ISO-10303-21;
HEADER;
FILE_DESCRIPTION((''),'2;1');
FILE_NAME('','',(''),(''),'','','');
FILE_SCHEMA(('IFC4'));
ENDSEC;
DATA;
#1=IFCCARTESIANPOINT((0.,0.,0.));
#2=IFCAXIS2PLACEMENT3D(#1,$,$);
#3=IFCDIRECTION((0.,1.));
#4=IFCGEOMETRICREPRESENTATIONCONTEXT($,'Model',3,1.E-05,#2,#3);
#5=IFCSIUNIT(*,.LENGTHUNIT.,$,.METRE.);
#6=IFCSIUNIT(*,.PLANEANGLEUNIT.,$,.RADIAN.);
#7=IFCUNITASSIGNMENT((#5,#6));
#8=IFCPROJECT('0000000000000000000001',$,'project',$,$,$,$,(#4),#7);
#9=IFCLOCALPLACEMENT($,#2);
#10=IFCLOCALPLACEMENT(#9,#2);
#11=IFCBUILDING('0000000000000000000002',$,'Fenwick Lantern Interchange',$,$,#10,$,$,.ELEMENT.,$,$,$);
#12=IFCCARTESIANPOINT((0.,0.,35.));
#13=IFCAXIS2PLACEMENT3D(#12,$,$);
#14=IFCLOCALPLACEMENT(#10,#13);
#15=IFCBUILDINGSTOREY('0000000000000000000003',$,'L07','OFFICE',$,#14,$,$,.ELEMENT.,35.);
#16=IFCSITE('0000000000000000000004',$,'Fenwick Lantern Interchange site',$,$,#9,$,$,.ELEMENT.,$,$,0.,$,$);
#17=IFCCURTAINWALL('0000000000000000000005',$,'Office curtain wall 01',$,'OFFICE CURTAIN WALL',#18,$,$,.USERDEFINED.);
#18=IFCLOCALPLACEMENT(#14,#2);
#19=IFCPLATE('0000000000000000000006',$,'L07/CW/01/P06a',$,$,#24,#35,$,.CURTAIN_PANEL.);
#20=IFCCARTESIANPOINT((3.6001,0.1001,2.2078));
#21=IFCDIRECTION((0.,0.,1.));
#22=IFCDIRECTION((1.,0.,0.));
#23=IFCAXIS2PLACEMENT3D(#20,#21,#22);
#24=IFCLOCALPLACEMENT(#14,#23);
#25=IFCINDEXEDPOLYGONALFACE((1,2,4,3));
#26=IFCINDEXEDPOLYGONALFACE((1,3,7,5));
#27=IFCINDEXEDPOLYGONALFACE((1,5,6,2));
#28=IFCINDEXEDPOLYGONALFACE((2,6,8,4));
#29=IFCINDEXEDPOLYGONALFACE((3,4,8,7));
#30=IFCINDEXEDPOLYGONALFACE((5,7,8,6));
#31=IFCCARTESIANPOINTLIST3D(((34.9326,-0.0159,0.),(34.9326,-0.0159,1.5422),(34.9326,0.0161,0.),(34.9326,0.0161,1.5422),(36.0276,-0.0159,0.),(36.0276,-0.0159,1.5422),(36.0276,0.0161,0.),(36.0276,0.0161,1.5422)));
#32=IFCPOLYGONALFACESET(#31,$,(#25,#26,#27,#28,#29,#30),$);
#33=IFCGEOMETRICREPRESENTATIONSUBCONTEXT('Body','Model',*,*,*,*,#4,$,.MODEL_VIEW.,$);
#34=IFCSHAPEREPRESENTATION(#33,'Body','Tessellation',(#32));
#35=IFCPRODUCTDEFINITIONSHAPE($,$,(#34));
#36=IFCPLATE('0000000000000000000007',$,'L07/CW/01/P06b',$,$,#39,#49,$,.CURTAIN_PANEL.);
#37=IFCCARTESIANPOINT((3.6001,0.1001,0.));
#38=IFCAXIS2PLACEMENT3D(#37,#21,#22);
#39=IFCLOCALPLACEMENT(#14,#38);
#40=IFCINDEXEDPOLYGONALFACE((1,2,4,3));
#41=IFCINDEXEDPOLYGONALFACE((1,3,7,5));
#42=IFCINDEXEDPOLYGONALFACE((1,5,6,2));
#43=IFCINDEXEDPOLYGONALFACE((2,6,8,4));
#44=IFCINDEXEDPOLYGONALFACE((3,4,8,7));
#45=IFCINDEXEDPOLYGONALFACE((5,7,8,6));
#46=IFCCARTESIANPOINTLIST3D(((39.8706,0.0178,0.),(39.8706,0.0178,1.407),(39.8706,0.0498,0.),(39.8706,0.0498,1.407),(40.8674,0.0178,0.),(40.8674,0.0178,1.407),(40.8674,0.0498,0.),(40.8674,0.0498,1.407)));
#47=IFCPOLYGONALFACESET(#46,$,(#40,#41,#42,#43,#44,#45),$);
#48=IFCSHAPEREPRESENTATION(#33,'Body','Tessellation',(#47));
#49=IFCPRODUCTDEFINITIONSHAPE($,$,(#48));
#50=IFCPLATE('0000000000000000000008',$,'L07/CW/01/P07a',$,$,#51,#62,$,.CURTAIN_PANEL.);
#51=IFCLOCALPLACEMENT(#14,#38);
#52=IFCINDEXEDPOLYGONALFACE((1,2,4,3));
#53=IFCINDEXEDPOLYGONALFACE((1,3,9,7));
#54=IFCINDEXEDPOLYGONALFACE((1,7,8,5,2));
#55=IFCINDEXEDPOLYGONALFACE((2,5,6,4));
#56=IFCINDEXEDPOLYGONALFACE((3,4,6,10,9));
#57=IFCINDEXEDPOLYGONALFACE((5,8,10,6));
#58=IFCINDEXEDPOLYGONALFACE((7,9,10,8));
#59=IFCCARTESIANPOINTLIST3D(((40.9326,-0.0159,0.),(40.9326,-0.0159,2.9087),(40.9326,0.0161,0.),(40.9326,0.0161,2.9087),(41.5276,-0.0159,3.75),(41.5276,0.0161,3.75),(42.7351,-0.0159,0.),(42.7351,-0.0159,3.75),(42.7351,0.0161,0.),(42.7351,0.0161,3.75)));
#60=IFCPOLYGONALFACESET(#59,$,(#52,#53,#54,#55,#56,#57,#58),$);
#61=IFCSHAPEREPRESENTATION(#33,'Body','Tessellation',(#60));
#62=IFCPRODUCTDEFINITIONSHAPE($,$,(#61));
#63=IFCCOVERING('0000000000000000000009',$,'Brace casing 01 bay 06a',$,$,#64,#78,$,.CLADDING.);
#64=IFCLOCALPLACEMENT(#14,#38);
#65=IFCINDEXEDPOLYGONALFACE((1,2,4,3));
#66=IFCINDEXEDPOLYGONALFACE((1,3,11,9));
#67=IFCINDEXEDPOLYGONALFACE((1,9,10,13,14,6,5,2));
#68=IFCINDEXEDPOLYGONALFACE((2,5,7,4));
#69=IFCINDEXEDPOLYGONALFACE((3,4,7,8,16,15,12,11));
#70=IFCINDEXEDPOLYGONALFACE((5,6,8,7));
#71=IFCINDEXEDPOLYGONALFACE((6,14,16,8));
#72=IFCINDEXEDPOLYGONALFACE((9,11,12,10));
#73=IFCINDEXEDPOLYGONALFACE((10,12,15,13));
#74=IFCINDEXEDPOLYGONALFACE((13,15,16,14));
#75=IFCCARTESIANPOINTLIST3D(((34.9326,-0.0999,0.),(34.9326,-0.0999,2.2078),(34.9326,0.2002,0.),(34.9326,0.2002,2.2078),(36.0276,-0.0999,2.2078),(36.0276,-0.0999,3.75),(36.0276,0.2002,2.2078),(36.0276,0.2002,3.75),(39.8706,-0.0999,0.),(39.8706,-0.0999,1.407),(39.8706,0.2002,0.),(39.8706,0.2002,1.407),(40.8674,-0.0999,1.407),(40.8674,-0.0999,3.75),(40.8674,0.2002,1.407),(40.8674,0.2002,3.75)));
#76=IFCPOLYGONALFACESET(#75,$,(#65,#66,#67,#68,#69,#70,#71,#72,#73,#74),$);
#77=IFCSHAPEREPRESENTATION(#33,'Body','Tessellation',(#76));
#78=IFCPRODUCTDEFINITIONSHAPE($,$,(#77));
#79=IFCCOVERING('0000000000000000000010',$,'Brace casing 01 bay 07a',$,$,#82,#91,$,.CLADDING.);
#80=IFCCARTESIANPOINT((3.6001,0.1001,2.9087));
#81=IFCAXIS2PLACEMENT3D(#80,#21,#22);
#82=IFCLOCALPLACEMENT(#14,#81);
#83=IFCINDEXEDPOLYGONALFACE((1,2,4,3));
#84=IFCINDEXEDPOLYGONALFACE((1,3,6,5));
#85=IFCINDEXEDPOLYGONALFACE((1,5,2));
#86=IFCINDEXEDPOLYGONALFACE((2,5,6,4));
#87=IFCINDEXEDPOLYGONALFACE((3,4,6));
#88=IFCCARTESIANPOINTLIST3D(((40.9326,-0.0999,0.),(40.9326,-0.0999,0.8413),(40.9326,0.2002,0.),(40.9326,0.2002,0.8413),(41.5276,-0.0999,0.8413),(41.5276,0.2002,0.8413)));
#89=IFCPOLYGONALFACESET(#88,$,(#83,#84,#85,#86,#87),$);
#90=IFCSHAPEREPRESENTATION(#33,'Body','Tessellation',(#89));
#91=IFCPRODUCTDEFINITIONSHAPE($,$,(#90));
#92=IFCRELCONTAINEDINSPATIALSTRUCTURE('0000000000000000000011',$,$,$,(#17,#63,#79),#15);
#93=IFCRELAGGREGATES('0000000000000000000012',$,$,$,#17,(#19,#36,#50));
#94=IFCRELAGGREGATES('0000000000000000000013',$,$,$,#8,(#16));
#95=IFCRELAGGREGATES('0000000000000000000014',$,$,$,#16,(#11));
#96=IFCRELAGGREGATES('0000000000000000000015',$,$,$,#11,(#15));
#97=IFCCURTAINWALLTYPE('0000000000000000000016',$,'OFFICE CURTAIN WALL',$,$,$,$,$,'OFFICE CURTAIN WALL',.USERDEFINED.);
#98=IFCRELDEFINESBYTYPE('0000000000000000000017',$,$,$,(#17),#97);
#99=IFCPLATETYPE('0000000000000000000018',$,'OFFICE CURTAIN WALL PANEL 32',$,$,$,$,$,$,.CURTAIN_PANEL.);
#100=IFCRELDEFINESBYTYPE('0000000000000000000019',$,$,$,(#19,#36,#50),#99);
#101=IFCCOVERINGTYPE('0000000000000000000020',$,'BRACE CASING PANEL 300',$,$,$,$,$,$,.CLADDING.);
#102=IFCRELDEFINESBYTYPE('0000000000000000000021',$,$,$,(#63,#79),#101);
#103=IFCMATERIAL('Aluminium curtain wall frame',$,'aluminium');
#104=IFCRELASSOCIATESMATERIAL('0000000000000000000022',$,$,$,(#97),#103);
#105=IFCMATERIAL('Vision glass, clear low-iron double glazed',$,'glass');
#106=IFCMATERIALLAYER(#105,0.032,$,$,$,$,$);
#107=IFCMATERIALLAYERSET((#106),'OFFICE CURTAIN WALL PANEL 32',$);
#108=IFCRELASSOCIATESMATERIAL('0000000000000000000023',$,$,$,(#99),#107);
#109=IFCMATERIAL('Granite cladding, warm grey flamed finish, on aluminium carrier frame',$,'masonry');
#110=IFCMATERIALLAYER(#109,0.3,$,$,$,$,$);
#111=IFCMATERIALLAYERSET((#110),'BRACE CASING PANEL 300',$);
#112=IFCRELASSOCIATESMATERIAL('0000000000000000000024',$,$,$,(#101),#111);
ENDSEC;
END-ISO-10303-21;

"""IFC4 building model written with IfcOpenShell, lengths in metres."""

from ifc_helpers import new_model, si_unit, direction, frame, origin, place, context, subcontext, project, spatial, polyline, outline, extrude, material, layer, layer_set, type_object, element, aggregate, save


model = new_model("IFC4")

# Units and contexts
model_context = context("Model", 3, precision=1e-05, world=origin(), true_north=direction((0.0, 1.0)))
body_context = subcontext(model_context, "Body", "Model", "MODEL_VIEW")
ifc_project = project(units=[si_unit("LENGTHUNIT", "METRE"), si_unit("PLANEANGLEUNIT", "RADIAN")], contexts=[model_context])

# Site, building, storey
site_placement = place(None, origin())
site = spatial("IfcSite", under=ifc_project, at=site_placement, Name="Fenwick Lantern Interchange site", CompositionType="ELEMENT", RefElevation=0.0)
building_placement = place(site_placement, origin())
building = spatial("IfcBuilding", under=site, at=building_placement, Name="Fenwick Lantern Interchange", CompositionType="ELEMENT")
storey_placement = place(building_placement, frame((0.0, 0.0, 35.0)))
storey = spatial("IfcBuildingStorey", under=building, at=storey_placement, Name="L07", Description="OFFICE", CompositionType="ELEMENT", Elevation=35.0)

# Curtain wall
ifc_material_1 = material(Name="Aluminium curtain wall frame", Category="aluminium")
curtain_wall_type = type_object("IfcCurtainWallType", Name="OFFICE CURTAIN WALL", ElementType="OFFICE CURTAIN WALL", PredefinedType="USERDEFINED", material=ifc_material_1)
curtain_wall_1_placement = place(storey_placement, origin())
curtain_wall_1 = element("IfcCurtainWall", 1, at=curtain_wall_1_placement, inside=storey, type_object=curtain_wall_type, Name="Office curtain wall 01", ObjectType="OFFICE CURTAIN WALL", PredefinedType="USERDEFINED")

# Plates
ifc_material_2 = material(Name="Vision glass, clear low-iron double glazed", Category="glass")
ifc_layer_1 = layer(ifc_material_2, 0.032)
ifc_layer_set_1 = layer_set([ifc_layer_1], Name="OFFICE CURTAIN WALL PANEL 32")
plate_type = type_object("IfcPlateType", Name="OFFICE CURTAIN WALL PANEL 32", PredefinedType="CURTAIN_PANEL", material=ifc_layer_set_1)
plate_1_placement = place(storey_placement, frame((3.6001, 0.1001, 2.2078), z_axis=(0.0, 0.0, 1.0), x_axis=(1.0, 0.0, 0.0)))
plate_1 = element("IfcPlate", 2, at=plate_1_placement, type_object=plate_type, Name="L07/CW/01/P06a", PredefinedType="CURTAIN_PANEL", context=body_context, shape_type="SweptSolid", body=[
    extrude(outline(polyline([(34.9326, 0.0), (36.0276, 0.0), (36.0276, 1.5422), (34.9326, 1.5422), (34.9326, 0.0)])), frame((0.0, 0.0161, 0.0), z_axis=(0.0, -1.0, 0.0), x_axis=(1.0, 0.0, 0.0)), (0.0, 0.0, 1.0), 0.032),
])
plate_2_placement = place(storey_placement, frame((3.6001, 0.1001, 0.0), z_axis=(0.0, 0.0, 1.0), x_axis=(1.0, 0.0, 0.0)))
plate_2 = element("IfcPlate", 3, at=plate_2_placement, type_object=plate_type, Name="L07/CW/01/P06b", PredefinedType="CURTAIN_PANEL", context=body_context, shape_type="SweptSolid", body=[
    extrude(outline(polyline([(39.8706, 0.0), (40.8674, 0.0), (40.8674, 1.407), (39.8706, 1.407), (39.8706, 0.0)])), frame((0.0, 0.0498, 0.0), z_axis=(0.0, -1.0, 0.0), x_axis=(1.0, 0.0, 0.0)), (0.0, 0.0, 1.0), 0.032),
])
plate_3_placement = place(storey_placement, frame((3.6001, 0.1001, 0.0), z_axis=(0.0, 0.0, 1.0), x_axis=(1.0, 0.0, 0.0)))
plate_3 = element("IfcPlate", 4, at=plate_3_placement, type_object=plate_type, Name="L07/CW/01/P07a", PredefinedType="CURTAIN_PANEL", context=body_context, shape_type="SweptSolid", body=[
    extrude(outline(polyline([(40.9326, 0.0), (42.7351, 0.0), (42.7351, 3.75), (41.5276, 3.75), (40.9326, 2.9087), (40.9326, 0.0)])), frame((0.0, 0.0161, 0.0), z_axis=(0.0, -1.0, 0.0), x_axis=(1.0, 0.0, 0.0)), (0.0, 0.0, 1.0), 0.032),
])
aggregate(curtain_wall_1, [plate_1, plate_2, plate_3])

# Coverings
ifc_material_3 = material(Name="Granite cladding, warm grey flamed finish, on aluminium carrier frame", Category="masonry")
ifc_layer_2 = layer(ifc_material_3, 0.3)
ifc_layer_set_2 = layer_set([ifc_layer_2], Name="BRACE CASING PANEL 300")
covering_type = type_object("IfcCoveringType", Name="BRACE CASING PANEL 300", PredefinedType="CLADDING", material=ifc_layer_set_2)
covering_1_placement = place(storey_placement, frame((3.6001, 0.1001, 0.0), z_axis=(0.0, 0.0, 1.0), x_axis=(1.0, 0.0, 0.0)))
element("IfcCovering", 5, at=covering_1_placement, inside=storey, type_object=covering_type, Name="Brace casing 01 bay 06a", PredefinedType="CLADDING", context=body_context, shape_type="SweptSolid", body=[
    extrude(outline(polyline([(34.9326, 0.0), (39.8706, 0.0), (39.8706, 1.407), (40.8674, 1.407), (40.8674, 3.75), (36.0276, 3.75), (36.0276, 2.2078), (34.9326, 2.2078), (34.9326, 0.0)])), frame((0.0, 0.2002, 0.0), z_axis=(0.0, -1.0, 0.0), x_axis=(1.0, 0.0, 0.0)), (0.0, 0.0, 1.0), 0.3),
])
covering_2_placement = place(storey_placement, frame((3.6001, 0.1001, 2.9087), z_axis=(0.0, 0.0, 1.0), x_axis=(1.0, 0.0, 0.0)))
element("IfcCovering", 6, at=covering_2_placement, inside=storey, type_object=covering_type, Name="Brace casing 01 bay 07a", PredefinedType="CLADDING", context=body_context, shape_type="SweptSolid", body=[
    extrude(outline(polyline([(40.9326, 0.0), (41.5276, 0.8413), (40.9326, 0.8413), (40.9326, 0.0)])), frame((0.0, 0.2002, 0.0), z_axis=(0.0, -1.0, 0.0), x_axis=(1.0, 0.0, 0.0)), (0.0, 0.0, 1.0), 0.3),
])

save(model, "model.ifc")
